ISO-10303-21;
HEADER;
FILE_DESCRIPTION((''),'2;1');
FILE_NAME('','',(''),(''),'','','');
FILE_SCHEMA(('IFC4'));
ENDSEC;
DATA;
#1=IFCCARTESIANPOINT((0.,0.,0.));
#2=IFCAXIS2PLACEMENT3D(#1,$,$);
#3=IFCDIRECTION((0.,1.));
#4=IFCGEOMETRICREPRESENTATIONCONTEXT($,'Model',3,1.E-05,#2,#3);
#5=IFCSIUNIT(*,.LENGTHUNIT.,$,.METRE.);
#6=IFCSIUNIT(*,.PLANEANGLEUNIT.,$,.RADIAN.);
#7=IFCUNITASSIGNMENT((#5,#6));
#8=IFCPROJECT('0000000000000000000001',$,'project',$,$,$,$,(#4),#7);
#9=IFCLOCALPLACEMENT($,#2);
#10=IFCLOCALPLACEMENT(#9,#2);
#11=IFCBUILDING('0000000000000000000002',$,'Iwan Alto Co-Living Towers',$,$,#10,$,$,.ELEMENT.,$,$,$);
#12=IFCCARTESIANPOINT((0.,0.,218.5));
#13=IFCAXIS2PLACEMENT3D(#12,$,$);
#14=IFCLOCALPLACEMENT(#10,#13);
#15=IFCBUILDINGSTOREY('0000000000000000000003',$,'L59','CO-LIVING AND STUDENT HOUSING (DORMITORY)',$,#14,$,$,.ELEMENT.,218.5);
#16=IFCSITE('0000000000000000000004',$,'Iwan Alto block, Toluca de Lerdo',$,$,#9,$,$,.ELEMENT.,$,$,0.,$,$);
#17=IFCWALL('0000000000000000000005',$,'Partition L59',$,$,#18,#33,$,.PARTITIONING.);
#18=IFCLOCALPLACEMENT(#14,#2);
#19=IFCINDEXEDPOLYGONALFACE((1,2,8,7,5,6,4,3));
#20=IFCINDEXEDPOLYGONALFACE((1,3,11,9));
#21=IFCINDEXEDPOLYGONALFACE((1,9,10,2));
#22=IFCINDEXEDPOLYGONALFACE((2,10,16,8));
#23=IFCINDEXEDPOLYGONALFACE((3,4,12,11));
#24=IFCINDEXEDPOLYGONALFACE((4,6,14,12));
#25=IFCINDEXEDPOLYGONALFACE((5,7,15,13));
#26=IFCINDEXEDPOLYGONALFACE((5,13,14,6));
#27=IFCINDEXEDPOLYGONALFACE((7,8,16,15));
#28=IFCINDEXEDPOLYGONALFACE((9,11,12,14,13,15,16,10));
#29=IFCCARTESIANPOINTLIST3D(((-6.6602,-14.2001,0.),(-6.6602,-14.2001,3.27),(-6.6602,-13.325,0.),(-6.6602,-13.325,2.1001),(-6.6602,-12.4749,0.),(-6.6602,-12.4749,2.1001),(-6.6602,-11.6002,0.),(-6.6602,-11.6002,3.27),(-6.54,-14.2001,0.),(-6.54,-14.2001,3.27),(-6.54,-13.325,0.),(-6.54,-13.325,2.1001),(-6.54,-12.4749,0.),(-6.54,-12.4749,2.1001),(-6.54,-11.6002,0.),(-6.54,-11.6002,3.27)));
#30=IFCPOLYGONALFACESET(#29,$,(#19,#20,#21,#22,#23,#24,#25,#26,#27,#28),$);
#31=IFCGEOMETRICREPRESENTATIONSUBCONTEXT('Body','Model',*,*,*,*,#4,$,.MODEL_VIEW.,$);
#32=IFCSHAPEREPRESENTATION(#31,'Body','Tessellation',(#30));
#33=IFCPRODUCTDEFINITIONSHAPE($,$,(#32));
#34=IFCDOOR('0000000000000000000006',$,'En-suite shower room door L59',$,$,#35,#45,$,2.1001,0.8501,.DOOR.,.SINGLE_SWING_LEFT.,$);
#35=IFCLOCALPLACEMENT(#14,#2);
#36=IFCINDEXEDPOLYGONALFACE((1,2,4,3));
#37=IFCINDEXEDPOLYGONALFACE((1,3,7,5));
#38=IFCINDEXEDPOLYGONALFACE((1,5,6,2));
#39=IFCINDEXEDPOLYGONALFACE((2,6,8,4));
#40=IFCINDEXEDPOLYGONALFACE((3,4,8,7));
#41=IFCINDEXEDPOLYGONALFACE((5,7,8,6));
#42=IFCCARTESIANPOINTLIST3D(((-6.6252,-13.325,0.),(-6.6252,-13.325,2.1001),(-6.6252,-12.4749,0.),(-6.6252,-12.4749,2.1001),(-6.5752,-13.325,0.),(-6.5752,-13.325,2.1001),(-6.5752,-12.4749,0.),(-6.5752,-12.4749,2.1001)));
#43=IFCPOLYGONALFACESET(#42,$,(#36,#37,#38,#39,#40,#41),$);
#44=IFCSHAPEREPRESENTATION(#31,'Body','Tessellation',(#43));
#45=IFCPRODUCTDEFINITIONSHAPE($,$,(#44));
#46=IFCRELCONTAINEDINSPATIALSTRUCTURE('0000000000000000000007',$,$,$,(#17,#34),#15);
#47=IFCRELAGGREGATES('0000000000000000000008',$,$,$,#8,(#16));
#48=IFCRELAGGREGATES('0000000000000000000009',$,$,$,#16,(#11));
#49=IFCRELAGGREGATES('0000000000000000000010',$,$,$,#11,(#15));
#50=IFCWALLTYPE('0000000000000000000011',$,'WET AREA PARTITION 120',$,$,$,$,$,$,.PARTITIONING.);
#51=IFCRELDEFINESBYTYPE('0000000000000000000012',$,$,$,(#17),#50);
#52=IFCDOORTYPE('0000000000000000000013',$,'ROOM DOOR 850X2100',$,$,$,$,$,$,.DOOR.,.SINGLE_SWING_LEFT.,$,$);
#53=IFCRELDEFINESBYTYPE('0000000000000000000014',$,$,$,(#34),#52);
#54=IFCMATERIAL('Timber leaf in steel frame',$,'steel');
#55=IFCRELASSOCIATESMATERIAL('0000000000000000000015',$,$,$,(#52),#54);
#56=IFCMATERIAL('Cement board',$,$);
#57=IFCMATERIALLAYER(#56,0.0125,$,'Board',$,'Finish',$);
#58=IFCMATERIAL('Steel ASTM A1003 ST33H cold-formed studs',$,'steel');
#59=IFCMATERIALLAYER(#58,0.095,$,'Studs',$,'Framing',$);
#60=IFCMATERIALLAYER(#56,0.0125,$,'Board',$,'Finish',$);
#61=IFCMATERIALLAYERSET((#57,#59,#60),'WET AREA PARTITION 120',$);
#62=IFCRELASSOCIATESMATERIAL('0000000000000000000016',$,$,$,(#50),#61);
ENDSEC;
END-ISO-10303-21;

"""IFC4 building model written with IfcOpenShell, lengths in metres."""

from ifc_helpers import new_model, si_unit, direction, frame, frame_2d, origin, place, context, subcontext, project, spatial, rectangle, extrude, material, layer, layer_set, type_object, element, fill, save


model = new_model("IFC4")

# Units and contexts
model_context = context("Model", 3, precision=1e-05, world=origin(), true_north=direction((0.0, 1.0)))
body_context = subcontext(model_context, "Body", "Model", "MODEL_VIEW")
ifc_project = project(units=[si_unit("LENGTHUNIT", "METRE"), si_unit("PLANEANGLEUNIT", "RADIAN")], contexts=[model_context])

# Site, building, storey
site_placement = place(None, origin())
site = spatial("IfcSite", under=ifc_project, at=site_placement, Name="Iwan Alto block, Toluca de Lerdo", CompositionType="ELEMENT", RefElevation=0.0)
building_placement = place(site_placement, origin())
building = spatial("IfcBuilding", under=site, at=building_placement, Name="Iwan Alto Co-Living Towers", CompositionType="ELEMENT")
storey_placement = place(building_placement, frame((0.0, 0.0, 218.5)))
storey = spatial("IfcBuildingStorey", under=building, at=storey_placement, Name="L59", Description="CO-LIVING AND STUDENT HOUSING (DORMITORY)", CompositionType="ELEMENT", Elevation=218.5)

# Shared definitions
ifc_material_1 = material(Name="Steel ASTM A1003 ST33H cold-formed studs", Category="steel")
ifc_material_2 = material(Name="Timber leaf in steel frame", Category="steel")
door_type_1 = type_object("IfcDoorType", Name="ROOM DOOR 850X2100", OperationType="SINGLE_SWING_LEFT", PredefinedType="DOOR", material=ifc_material_2)

# Shared definitions
ifc_material_3 = material(Name="Cement board")
ifc_layer_1 = layer(ifc_material_3, 0.0125, Name="Board", Category="Finish")
ifc_layer_2 = layer(ifc_material_1, 0.095, Name="Studs", Category="Framing")
ifc_layer_3 = layer(ifc_material_3, 0.0125, Name="Board", Category="Finish")
ifc_layer_set_1 = layer_set([ifc_layer_1, ifc_layer_2, ifc_layer_3], Name="WET AREA PARTITION 120")
wall_type_1 = type_object("IfcWallType", Name="WET AREA PARTITION 120", PredefinedType="PARTITIONING", material=ifc_layer_set_1)

# Wall, opening, door
wall_1_placement = place(storey_placement, frame((-6.6001, -14.2, 0.0), z_axis=(0.0, 0.0, 1.0), x_axis=(0.0, 1.0, 0.0)))
wall_1 = element("IfcWall", 1, at=wall_1_placement, inside=storey, type_object=wall_type_1, Name="Partition L59", PredefinedType="PARTITIONING", context=body_context, shape_type="SweptSolid", body=[
    extrude(rectangle(XDim=2.5999, YDim=0.1201, at=frame_2d((1.2998, 0.0))), origin(), (0.0, 0.0, 1.0), 3.27),
])
opening_1_placement = place(wall_1_placement, frame((0.875, 0.0, 0.0)))
opening_1 = element("IfcOpeningElement", 2, at=opening_1_placement, cuts=wall_1, PredefinedType="OPENING", context=body_context, shape_type="SweptSolid", body=[
    extrude(rectangle(XDim=0.8501, YDim=2.1001, at=frame_2d((0.425, 1.05))), frame((0.0, 0.0701, 0.0), z_axis=(0.0, -1.0, 0.0), x_axis=(1.0, 0.0, 0.0)), (0.0, 0.0, 1.0), 0.1401),
])
door_1_placement = place(opening_1_placement, frame((0.8501, 0.0, 0.0), z_axis=(0.0, 0.0, 1.0), x_axis=(-1.0, 0.0, 0.0)))
door_1 = element("IfcDoor", 3, at=door_1_placement, inside=storey, type_object=door_type_1, Name="En-suite shower room door L59", OperationType="SINGLE_SWING_LEFT", OverallHeight=2.1001, OverallWidth=0.8501, PredefinedType="DOOR", context=body_context, shape_type="SweptSolid", body=[
    extrude(rectangle(XDim=0.8501, YDim=2.1001, at=frame_2d((0.425, 1.05))), frame((0.0, 0.0249, 0.0), z_axis=(0.0, -1.0, 0.0), x_axis=(1.0, 0.0, 0.0)), (0.0, 0.0, 1.0), 0.05),
])
fill(opening_1, door_1)

save(model, "model.ifc")
